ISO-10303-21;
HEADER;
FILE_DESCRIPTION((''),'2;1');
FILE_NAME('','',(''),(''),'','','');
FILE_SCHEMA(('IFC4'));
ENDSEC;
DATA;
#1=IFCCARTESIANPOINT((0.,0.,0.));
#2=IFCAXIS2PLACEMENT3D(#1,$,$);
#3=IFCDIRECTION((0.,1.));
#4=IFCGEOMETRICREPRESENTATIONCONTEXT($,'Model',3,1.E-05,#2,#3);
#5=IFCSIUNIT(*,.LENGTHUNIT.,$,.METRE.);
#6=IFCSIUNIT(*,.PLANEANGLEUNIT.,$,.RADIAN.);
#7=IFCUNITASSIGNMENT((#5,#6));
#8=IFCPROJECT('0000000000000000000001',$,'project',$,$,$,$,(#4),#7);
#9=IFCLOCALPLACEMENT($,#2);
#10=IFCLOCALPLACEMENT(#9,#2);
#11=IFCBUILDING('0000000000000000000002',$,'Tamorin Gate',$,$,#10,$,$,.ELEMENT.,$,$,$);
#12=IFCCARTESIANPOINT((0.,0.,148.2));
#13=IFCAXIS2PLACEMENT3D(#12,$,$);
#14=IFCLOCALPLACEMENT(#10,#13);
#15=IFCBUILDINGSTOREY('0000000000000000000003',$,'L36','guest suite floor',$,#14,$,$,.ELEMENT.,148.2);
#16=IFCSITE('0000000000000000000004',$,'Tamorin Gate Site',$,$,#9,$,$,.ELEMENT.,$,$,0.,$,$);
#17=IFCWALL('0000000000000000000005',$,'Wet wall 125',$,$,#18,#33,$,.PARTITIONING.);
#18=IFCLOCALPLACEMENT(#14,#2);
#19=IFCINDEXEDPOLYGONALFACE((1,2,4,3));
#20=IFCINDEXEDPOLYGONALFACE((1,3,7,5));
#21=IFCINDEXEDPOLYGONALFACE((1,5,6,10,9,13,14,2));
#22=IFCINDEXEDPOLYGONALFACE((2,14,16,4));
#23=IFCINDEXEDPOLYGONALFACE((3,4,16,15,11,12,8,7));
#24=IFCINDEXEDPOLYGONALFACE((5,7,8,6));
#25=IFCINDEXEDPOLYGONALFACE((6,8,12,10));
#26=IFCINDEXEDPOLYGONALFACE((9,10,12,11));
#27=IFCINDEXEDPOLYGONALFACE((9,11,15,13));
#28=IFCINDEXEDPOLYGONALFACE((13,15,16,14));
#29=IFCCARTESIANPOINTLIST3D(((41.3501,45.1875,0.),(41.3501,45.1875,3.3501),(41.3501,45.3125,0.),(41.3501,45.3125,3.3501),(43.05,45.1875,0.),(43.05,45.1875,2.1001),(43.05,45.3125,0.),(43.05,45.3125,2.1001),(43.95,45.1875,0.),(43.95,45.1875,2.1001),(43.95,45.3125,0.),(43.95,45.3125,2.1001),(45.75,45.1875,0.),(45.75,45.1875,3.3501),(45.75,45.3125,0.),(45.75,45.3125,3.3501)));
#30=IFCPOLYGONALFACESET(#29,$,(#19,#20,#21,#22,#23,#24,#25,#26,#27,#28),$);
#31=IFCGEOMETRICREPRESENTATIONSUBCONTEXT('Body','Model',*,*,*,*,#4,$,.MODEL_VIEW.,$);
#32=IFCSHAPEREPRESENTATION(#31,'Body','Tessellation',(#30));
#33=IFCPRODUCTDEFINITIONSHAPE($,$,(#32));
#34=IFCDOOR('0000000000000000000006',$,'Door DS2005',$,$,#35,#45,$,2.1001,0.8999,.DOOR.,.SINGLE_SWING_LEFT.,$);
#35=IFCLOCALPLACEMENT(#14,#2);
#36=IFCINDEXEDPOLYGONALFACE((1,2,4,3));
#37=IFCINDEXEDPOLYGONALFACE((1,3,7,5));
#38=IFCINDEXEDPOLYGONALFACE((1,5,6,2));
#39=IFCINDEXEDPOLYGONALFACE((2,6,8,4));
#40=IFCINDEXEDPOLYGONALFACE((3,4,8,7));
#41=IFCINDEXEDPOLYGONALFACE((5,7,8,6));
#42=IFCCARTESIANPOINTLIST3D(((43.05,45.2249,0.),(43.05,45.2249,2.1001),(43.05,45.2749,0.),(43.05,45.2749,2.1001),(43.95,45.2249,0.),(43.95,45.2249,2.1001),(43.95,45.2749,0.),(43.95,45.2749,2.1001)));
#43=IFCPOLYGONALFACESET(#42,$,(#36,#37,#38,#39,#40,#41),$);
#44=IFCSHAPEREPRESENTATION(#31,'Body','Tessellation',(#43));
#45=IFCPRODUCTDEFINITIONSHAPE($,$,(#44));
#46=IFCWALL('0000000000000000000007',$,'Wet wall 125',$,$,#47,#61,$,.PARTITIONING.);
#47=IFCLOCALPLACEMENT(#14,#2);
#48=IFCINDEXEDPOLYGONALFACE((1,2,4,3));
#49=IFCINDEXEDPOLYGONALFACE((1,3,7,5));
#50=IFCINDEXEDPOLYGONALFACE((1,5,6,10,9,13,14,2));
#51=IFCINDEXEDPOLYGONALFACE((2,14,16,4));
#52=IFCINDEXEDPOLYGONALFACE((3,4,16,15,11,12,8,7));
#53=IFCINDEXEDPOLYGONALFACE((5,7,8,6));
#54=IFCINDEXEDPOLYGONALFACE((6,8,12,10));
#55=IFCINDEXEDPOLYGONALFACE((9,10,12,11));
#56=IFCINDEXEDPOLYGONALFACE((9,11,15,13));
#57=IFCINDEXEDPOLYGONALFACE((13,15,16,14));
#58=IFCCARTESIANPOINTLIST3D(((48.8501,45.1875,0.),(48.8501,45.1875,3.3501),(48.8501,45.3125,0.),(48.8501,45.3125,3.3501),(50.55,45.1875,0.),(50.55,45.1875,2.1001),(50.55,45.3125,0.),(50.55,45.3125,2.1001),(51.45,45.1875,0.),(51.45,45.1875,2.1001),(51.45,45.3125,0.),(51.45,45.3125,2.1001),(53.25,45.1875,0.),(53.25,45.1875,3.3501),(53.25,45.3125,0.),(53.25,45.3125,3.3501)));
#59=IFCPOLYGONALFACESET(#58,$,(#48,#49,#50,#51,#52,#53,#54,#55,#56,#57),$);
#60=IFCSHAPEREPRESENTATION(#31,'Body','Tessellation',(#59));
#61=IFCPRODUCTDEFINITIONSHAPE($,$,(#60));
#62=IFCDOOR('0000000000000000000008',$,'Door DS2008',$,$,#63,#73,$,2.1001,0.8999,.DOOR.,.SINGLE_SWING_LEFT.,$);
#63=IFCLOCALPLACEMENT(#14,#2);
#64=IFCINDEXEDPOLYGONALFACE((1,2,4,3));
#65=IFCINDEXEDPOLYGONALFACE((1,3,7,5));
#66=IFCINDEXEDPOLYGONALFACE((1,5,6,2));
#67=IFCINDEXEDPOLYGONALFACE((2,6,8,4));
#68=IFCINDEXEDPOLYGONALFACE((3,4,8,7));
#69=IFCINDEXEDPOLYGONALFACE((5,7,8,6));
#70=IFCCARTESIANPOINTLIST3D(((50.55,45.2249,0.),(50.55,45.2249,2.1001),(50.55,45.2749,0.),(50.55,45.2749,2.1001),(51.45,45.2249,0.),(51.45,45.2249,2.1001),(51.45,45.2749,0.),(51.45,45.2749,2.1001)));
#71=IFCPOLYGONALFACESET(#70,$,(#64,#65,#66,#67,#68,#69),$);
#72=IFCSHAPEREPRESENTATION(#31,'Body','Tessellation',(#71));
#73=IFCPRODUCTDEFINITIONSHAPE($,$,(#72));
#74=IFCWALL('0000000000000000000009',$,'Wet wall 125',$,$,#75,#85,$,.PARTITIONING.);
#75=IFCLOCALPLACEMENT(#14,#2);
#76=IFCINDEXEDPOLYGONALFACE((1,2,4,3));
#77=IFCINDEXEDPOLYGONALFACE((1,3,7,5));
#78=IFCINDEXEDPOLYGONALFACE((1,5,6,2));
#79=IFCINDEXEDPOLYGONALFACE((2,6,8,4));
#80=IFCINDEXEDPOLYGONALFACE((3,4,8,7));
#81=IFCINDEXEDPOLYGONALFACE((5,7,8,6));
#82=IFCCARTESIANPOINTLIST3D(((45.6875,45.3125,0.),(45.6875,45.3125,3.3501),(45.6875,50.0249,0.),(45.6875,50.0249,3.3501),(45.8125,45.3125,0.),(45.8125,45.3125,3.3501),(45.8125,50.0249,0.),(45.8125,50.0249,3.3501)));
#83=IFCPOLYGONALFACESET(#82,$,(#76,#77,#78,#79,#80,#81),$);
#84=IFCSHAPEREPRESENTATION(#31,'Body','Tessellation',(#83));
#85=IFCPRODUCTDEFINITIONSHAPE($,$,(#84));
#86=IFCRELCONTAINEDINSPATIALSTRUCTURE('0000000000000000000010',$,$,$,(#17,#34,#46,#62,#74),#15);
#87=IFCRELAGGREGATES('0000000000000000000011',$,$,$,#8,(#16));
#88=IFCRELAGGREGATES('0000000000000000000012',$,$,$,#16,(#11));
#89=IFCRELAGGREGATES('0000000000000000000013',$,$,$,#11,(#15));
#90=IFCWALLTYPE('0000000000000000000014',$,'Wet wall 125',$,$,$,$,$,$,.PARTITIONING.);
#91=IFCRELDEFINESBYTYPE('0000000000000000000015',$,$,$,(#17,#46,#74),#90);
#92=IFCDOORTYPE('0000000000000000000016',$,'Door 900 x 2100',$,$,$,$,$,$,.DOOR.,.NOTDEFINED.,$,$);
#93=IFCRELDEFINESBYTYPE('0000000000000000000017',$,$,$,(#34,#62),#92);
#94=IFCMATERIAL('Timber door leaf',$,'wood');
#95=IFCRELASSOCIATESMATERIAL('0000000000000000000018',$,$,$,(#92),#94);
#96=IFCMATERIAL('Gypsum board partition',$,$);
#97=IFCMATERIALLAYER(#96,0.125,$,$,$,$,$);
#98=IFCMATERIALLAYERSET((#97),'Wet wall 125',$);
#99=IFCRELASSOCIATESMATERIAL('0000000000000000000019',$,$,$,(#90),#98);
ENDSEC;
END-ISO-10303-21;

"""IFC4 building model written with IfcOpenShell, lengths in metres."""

from ifc_helpers import new_model, si_unit, direction, frame, frame_2d, origin, place, context, subcontext, project, spatial, rectangle, extrude, material, layer, layer_set, type_object, element, fill, save


model = new_model("IFC4")

# Units and contexts
model_context = context("Model", 3, precision=1e-05, world=origin(), true_north=direction((0.0, 1.0)))
body_context = subcontext(model_context, "Body", "Model", "MODEL_VIEW")
ifc_project = project(units=[si_unit("LENGTHUNIT", "METRE"), si_unit("PLANEANGLEUNIT", "RADIAN")], contexts=[model_context])

# Site, building, storey
site_placement = place(None, origin())
site = spatial("IfcSite", under=ifc_project, at=site_placement, Name="Tamorin Gate Site", CompositionType="ELEMENT", RefElevation=0.0)
building_placement = place(site_placement, origin())
building = spatial("IfcBuilding", under=site, at=building_placement, Name="Tamorin Gate", CompositionType="ELEMENT")
storey_placement = place(building_placement, frame((0.0, 0.0, 148.2)))
storey = spatial("IfcBuildingStorey", under=building, at=storey_placement, Name="L36", Description="guest suite floor", CompositionType="ELEMENT", Elevation=148.2)

# Shared definitions
ifc_material_1 = material(Name="Gypsum board partition")

# Shared definitions
ifc_material_2 = material(Name="Timber door leaf", Category="wood")
door_type = type_object("IfcDoorType", Name="Door 900 x 2100", OperationType="NOTDEFINED", PredefinedType="DOOR", material=ifc_material_2)

# Walls, openings, doors
ifc_layer_1 = layer(ifc_material_1, 0.125)
ifc_layer_set_1 = layer_set([ifc_layer_1], Name="Wet wall 125")
wall_type_1 = type_object("IfcWallType", Name="Wet wall 125", PredefinedType="PARTITIONING", material=ifc_layer_set_1)
wall_1_placement = place(storey_placement, frame((41.3501, 45.25, 0.0), z_axis=(0.0, 0.0, 1.0), x_axis=(1.0, 0.0, 0.0)))
wall_1 = element("IfcWall", 1, at=wall_1_placement, inside=storey, type_object=wall_type_1, Name="Wet wall 125", PredefinedType="PARTITIONING", context=body_context, shape_type="SweptSolid", body=[
    extrude(rectangle(XDim=4.3999, YDim=0.125, at=frame_2d((2.2, 0.0))), origin(), (0.0, 0.0, 1.0), 3.3501),
])
opening_1_placement = place(wall_1_placement, frame((1.7, 0.0, 0.0)))
opening_1 = element("IfcOpeningElement", 2, at=opening_1_placement, cuts=wall_1, PredefinedType="OPENING", context=body_context, shape_type="SweptSolid", body=[
    extrude(rectangle(XDim=0.8999, YDim=2.1001, at=frame_2d((0.45, 1.05))), frame((0.0, 0.0725, 0.0), z_axis=(0.0, -1.0, 0.0), x_axis=(1.0, 0.0, 0.0)), (0.0, 0.0, 1.0), 0.145),
])
door_1_placement = place(opening_1_placement, origin())
door_1 = element("IfcDoor", 3, at=door_1_placement, inside=storey, type_object=door_type, Name="Door DS2005", OperationType="SINGLE_SWING_LEFT", OverallHeight=2.1001, OverallWidth=0.8999, PredefinedType="DOOR", context=body_context, shape_type="SweptSolid", body=[
    extrude(rectangle(XDim=0.8999, YDim=2.1001, at=frame_2d((0.45, 1.05))), frame((0.0, 0.0249, 0.0), z_axis=(0.0, -1.0, 0.0), x_axis=(1.0, 0.0, 0.0)), (0.0, 0.0, 1.0), 0.05),
])
fill(opening_1, door_1)
wall_2_placement = place(storey_placement, frame((48.8501, 45.25, 0.0), z_axis=(0.0, 0.0, 1.0), x_axis=(1.0, 0.0, 0.0)))
wall_2 = element("IfcWall", 4, at=wall_2_placement, inside=storey, type_object=wall_type_1, Name="Wet wall 125", PredefinedType="PARTITIONING", context=body_context, shape_type="SweptSolid", body=[
    extrude(rectangle(XDim=4.3999, YDim=0.125, at=frame_2d((2.2, 0.0))), origin(), (0.0, 0.0, 1.0), 3.3501),
])
opening_2_placement = place(wall_2_placement, frame((1.7, 0.0, 0.0)))
opening_2 = element("IfcOpeningElement", 5, at=opening_2_placement, cuts=wall_2, PredefinedType="OPENING", context=body_context, shape_type="SweptSolid", body=[
    extrude(rectangle(XDim=0.8999, YDim=2.1001, at=frame_2d((0.45, 1.05))), frame((0.0, 0.0725, 0.0), z_axis=(0.0, -1.0, 0.0), x_axis=(1.0, 0.0, 0.0)), (0.0, 0.0, 1.0), 0.145),
])
door_2_placement = place(opening_2_placement, origin())
door_2 = element("IfcDoor", 6, at=door_2_placement, inside=storey, type_object=door_type, Name="Door DS2008", OperationType="SINGLE_SWING_LEFT", OverallHeight=2.1001, OverallWidth=0.8999, PredefinedType="DOOR", context=body_context, shape_type="SweptSolid", body=[
    extrude(rectangle(XDim=0.8999, YDim=2.1001, at=frame_2d((0.45, 1.05))), frame((0.0, 0.0249, 0.0), z_axis=(0.0, -1.0, 0.0), x_axis=(1.0, 0.0, 0.0)), (0.0, 0.0, 1.0), 0.05),
])
fill(opening_2, door_2)

# Wall
wall_3_placement = place(storey_placement, frame((45.75, 45.3125, 0.0), z_axis=(0.0, 0.0, 1.0), x_axis=(0.0, 1.0, 0.0)))
element("IfcWall", 7, at=wall_3_placement, inside=storey, type_object=wall_type_1, Name="Wet wall 125", PredefinedType="PARTITIONING", context=body_context, shape_type="SweptSolid", body=[
    extrude(rectangle(XDim=4.7124, YDim=0.125, at=frame_2d((2.3562, 0.0))), origin(), (0.0, 0.0, 1.0), 3.3501),
])

save(model, "model.ifc")
